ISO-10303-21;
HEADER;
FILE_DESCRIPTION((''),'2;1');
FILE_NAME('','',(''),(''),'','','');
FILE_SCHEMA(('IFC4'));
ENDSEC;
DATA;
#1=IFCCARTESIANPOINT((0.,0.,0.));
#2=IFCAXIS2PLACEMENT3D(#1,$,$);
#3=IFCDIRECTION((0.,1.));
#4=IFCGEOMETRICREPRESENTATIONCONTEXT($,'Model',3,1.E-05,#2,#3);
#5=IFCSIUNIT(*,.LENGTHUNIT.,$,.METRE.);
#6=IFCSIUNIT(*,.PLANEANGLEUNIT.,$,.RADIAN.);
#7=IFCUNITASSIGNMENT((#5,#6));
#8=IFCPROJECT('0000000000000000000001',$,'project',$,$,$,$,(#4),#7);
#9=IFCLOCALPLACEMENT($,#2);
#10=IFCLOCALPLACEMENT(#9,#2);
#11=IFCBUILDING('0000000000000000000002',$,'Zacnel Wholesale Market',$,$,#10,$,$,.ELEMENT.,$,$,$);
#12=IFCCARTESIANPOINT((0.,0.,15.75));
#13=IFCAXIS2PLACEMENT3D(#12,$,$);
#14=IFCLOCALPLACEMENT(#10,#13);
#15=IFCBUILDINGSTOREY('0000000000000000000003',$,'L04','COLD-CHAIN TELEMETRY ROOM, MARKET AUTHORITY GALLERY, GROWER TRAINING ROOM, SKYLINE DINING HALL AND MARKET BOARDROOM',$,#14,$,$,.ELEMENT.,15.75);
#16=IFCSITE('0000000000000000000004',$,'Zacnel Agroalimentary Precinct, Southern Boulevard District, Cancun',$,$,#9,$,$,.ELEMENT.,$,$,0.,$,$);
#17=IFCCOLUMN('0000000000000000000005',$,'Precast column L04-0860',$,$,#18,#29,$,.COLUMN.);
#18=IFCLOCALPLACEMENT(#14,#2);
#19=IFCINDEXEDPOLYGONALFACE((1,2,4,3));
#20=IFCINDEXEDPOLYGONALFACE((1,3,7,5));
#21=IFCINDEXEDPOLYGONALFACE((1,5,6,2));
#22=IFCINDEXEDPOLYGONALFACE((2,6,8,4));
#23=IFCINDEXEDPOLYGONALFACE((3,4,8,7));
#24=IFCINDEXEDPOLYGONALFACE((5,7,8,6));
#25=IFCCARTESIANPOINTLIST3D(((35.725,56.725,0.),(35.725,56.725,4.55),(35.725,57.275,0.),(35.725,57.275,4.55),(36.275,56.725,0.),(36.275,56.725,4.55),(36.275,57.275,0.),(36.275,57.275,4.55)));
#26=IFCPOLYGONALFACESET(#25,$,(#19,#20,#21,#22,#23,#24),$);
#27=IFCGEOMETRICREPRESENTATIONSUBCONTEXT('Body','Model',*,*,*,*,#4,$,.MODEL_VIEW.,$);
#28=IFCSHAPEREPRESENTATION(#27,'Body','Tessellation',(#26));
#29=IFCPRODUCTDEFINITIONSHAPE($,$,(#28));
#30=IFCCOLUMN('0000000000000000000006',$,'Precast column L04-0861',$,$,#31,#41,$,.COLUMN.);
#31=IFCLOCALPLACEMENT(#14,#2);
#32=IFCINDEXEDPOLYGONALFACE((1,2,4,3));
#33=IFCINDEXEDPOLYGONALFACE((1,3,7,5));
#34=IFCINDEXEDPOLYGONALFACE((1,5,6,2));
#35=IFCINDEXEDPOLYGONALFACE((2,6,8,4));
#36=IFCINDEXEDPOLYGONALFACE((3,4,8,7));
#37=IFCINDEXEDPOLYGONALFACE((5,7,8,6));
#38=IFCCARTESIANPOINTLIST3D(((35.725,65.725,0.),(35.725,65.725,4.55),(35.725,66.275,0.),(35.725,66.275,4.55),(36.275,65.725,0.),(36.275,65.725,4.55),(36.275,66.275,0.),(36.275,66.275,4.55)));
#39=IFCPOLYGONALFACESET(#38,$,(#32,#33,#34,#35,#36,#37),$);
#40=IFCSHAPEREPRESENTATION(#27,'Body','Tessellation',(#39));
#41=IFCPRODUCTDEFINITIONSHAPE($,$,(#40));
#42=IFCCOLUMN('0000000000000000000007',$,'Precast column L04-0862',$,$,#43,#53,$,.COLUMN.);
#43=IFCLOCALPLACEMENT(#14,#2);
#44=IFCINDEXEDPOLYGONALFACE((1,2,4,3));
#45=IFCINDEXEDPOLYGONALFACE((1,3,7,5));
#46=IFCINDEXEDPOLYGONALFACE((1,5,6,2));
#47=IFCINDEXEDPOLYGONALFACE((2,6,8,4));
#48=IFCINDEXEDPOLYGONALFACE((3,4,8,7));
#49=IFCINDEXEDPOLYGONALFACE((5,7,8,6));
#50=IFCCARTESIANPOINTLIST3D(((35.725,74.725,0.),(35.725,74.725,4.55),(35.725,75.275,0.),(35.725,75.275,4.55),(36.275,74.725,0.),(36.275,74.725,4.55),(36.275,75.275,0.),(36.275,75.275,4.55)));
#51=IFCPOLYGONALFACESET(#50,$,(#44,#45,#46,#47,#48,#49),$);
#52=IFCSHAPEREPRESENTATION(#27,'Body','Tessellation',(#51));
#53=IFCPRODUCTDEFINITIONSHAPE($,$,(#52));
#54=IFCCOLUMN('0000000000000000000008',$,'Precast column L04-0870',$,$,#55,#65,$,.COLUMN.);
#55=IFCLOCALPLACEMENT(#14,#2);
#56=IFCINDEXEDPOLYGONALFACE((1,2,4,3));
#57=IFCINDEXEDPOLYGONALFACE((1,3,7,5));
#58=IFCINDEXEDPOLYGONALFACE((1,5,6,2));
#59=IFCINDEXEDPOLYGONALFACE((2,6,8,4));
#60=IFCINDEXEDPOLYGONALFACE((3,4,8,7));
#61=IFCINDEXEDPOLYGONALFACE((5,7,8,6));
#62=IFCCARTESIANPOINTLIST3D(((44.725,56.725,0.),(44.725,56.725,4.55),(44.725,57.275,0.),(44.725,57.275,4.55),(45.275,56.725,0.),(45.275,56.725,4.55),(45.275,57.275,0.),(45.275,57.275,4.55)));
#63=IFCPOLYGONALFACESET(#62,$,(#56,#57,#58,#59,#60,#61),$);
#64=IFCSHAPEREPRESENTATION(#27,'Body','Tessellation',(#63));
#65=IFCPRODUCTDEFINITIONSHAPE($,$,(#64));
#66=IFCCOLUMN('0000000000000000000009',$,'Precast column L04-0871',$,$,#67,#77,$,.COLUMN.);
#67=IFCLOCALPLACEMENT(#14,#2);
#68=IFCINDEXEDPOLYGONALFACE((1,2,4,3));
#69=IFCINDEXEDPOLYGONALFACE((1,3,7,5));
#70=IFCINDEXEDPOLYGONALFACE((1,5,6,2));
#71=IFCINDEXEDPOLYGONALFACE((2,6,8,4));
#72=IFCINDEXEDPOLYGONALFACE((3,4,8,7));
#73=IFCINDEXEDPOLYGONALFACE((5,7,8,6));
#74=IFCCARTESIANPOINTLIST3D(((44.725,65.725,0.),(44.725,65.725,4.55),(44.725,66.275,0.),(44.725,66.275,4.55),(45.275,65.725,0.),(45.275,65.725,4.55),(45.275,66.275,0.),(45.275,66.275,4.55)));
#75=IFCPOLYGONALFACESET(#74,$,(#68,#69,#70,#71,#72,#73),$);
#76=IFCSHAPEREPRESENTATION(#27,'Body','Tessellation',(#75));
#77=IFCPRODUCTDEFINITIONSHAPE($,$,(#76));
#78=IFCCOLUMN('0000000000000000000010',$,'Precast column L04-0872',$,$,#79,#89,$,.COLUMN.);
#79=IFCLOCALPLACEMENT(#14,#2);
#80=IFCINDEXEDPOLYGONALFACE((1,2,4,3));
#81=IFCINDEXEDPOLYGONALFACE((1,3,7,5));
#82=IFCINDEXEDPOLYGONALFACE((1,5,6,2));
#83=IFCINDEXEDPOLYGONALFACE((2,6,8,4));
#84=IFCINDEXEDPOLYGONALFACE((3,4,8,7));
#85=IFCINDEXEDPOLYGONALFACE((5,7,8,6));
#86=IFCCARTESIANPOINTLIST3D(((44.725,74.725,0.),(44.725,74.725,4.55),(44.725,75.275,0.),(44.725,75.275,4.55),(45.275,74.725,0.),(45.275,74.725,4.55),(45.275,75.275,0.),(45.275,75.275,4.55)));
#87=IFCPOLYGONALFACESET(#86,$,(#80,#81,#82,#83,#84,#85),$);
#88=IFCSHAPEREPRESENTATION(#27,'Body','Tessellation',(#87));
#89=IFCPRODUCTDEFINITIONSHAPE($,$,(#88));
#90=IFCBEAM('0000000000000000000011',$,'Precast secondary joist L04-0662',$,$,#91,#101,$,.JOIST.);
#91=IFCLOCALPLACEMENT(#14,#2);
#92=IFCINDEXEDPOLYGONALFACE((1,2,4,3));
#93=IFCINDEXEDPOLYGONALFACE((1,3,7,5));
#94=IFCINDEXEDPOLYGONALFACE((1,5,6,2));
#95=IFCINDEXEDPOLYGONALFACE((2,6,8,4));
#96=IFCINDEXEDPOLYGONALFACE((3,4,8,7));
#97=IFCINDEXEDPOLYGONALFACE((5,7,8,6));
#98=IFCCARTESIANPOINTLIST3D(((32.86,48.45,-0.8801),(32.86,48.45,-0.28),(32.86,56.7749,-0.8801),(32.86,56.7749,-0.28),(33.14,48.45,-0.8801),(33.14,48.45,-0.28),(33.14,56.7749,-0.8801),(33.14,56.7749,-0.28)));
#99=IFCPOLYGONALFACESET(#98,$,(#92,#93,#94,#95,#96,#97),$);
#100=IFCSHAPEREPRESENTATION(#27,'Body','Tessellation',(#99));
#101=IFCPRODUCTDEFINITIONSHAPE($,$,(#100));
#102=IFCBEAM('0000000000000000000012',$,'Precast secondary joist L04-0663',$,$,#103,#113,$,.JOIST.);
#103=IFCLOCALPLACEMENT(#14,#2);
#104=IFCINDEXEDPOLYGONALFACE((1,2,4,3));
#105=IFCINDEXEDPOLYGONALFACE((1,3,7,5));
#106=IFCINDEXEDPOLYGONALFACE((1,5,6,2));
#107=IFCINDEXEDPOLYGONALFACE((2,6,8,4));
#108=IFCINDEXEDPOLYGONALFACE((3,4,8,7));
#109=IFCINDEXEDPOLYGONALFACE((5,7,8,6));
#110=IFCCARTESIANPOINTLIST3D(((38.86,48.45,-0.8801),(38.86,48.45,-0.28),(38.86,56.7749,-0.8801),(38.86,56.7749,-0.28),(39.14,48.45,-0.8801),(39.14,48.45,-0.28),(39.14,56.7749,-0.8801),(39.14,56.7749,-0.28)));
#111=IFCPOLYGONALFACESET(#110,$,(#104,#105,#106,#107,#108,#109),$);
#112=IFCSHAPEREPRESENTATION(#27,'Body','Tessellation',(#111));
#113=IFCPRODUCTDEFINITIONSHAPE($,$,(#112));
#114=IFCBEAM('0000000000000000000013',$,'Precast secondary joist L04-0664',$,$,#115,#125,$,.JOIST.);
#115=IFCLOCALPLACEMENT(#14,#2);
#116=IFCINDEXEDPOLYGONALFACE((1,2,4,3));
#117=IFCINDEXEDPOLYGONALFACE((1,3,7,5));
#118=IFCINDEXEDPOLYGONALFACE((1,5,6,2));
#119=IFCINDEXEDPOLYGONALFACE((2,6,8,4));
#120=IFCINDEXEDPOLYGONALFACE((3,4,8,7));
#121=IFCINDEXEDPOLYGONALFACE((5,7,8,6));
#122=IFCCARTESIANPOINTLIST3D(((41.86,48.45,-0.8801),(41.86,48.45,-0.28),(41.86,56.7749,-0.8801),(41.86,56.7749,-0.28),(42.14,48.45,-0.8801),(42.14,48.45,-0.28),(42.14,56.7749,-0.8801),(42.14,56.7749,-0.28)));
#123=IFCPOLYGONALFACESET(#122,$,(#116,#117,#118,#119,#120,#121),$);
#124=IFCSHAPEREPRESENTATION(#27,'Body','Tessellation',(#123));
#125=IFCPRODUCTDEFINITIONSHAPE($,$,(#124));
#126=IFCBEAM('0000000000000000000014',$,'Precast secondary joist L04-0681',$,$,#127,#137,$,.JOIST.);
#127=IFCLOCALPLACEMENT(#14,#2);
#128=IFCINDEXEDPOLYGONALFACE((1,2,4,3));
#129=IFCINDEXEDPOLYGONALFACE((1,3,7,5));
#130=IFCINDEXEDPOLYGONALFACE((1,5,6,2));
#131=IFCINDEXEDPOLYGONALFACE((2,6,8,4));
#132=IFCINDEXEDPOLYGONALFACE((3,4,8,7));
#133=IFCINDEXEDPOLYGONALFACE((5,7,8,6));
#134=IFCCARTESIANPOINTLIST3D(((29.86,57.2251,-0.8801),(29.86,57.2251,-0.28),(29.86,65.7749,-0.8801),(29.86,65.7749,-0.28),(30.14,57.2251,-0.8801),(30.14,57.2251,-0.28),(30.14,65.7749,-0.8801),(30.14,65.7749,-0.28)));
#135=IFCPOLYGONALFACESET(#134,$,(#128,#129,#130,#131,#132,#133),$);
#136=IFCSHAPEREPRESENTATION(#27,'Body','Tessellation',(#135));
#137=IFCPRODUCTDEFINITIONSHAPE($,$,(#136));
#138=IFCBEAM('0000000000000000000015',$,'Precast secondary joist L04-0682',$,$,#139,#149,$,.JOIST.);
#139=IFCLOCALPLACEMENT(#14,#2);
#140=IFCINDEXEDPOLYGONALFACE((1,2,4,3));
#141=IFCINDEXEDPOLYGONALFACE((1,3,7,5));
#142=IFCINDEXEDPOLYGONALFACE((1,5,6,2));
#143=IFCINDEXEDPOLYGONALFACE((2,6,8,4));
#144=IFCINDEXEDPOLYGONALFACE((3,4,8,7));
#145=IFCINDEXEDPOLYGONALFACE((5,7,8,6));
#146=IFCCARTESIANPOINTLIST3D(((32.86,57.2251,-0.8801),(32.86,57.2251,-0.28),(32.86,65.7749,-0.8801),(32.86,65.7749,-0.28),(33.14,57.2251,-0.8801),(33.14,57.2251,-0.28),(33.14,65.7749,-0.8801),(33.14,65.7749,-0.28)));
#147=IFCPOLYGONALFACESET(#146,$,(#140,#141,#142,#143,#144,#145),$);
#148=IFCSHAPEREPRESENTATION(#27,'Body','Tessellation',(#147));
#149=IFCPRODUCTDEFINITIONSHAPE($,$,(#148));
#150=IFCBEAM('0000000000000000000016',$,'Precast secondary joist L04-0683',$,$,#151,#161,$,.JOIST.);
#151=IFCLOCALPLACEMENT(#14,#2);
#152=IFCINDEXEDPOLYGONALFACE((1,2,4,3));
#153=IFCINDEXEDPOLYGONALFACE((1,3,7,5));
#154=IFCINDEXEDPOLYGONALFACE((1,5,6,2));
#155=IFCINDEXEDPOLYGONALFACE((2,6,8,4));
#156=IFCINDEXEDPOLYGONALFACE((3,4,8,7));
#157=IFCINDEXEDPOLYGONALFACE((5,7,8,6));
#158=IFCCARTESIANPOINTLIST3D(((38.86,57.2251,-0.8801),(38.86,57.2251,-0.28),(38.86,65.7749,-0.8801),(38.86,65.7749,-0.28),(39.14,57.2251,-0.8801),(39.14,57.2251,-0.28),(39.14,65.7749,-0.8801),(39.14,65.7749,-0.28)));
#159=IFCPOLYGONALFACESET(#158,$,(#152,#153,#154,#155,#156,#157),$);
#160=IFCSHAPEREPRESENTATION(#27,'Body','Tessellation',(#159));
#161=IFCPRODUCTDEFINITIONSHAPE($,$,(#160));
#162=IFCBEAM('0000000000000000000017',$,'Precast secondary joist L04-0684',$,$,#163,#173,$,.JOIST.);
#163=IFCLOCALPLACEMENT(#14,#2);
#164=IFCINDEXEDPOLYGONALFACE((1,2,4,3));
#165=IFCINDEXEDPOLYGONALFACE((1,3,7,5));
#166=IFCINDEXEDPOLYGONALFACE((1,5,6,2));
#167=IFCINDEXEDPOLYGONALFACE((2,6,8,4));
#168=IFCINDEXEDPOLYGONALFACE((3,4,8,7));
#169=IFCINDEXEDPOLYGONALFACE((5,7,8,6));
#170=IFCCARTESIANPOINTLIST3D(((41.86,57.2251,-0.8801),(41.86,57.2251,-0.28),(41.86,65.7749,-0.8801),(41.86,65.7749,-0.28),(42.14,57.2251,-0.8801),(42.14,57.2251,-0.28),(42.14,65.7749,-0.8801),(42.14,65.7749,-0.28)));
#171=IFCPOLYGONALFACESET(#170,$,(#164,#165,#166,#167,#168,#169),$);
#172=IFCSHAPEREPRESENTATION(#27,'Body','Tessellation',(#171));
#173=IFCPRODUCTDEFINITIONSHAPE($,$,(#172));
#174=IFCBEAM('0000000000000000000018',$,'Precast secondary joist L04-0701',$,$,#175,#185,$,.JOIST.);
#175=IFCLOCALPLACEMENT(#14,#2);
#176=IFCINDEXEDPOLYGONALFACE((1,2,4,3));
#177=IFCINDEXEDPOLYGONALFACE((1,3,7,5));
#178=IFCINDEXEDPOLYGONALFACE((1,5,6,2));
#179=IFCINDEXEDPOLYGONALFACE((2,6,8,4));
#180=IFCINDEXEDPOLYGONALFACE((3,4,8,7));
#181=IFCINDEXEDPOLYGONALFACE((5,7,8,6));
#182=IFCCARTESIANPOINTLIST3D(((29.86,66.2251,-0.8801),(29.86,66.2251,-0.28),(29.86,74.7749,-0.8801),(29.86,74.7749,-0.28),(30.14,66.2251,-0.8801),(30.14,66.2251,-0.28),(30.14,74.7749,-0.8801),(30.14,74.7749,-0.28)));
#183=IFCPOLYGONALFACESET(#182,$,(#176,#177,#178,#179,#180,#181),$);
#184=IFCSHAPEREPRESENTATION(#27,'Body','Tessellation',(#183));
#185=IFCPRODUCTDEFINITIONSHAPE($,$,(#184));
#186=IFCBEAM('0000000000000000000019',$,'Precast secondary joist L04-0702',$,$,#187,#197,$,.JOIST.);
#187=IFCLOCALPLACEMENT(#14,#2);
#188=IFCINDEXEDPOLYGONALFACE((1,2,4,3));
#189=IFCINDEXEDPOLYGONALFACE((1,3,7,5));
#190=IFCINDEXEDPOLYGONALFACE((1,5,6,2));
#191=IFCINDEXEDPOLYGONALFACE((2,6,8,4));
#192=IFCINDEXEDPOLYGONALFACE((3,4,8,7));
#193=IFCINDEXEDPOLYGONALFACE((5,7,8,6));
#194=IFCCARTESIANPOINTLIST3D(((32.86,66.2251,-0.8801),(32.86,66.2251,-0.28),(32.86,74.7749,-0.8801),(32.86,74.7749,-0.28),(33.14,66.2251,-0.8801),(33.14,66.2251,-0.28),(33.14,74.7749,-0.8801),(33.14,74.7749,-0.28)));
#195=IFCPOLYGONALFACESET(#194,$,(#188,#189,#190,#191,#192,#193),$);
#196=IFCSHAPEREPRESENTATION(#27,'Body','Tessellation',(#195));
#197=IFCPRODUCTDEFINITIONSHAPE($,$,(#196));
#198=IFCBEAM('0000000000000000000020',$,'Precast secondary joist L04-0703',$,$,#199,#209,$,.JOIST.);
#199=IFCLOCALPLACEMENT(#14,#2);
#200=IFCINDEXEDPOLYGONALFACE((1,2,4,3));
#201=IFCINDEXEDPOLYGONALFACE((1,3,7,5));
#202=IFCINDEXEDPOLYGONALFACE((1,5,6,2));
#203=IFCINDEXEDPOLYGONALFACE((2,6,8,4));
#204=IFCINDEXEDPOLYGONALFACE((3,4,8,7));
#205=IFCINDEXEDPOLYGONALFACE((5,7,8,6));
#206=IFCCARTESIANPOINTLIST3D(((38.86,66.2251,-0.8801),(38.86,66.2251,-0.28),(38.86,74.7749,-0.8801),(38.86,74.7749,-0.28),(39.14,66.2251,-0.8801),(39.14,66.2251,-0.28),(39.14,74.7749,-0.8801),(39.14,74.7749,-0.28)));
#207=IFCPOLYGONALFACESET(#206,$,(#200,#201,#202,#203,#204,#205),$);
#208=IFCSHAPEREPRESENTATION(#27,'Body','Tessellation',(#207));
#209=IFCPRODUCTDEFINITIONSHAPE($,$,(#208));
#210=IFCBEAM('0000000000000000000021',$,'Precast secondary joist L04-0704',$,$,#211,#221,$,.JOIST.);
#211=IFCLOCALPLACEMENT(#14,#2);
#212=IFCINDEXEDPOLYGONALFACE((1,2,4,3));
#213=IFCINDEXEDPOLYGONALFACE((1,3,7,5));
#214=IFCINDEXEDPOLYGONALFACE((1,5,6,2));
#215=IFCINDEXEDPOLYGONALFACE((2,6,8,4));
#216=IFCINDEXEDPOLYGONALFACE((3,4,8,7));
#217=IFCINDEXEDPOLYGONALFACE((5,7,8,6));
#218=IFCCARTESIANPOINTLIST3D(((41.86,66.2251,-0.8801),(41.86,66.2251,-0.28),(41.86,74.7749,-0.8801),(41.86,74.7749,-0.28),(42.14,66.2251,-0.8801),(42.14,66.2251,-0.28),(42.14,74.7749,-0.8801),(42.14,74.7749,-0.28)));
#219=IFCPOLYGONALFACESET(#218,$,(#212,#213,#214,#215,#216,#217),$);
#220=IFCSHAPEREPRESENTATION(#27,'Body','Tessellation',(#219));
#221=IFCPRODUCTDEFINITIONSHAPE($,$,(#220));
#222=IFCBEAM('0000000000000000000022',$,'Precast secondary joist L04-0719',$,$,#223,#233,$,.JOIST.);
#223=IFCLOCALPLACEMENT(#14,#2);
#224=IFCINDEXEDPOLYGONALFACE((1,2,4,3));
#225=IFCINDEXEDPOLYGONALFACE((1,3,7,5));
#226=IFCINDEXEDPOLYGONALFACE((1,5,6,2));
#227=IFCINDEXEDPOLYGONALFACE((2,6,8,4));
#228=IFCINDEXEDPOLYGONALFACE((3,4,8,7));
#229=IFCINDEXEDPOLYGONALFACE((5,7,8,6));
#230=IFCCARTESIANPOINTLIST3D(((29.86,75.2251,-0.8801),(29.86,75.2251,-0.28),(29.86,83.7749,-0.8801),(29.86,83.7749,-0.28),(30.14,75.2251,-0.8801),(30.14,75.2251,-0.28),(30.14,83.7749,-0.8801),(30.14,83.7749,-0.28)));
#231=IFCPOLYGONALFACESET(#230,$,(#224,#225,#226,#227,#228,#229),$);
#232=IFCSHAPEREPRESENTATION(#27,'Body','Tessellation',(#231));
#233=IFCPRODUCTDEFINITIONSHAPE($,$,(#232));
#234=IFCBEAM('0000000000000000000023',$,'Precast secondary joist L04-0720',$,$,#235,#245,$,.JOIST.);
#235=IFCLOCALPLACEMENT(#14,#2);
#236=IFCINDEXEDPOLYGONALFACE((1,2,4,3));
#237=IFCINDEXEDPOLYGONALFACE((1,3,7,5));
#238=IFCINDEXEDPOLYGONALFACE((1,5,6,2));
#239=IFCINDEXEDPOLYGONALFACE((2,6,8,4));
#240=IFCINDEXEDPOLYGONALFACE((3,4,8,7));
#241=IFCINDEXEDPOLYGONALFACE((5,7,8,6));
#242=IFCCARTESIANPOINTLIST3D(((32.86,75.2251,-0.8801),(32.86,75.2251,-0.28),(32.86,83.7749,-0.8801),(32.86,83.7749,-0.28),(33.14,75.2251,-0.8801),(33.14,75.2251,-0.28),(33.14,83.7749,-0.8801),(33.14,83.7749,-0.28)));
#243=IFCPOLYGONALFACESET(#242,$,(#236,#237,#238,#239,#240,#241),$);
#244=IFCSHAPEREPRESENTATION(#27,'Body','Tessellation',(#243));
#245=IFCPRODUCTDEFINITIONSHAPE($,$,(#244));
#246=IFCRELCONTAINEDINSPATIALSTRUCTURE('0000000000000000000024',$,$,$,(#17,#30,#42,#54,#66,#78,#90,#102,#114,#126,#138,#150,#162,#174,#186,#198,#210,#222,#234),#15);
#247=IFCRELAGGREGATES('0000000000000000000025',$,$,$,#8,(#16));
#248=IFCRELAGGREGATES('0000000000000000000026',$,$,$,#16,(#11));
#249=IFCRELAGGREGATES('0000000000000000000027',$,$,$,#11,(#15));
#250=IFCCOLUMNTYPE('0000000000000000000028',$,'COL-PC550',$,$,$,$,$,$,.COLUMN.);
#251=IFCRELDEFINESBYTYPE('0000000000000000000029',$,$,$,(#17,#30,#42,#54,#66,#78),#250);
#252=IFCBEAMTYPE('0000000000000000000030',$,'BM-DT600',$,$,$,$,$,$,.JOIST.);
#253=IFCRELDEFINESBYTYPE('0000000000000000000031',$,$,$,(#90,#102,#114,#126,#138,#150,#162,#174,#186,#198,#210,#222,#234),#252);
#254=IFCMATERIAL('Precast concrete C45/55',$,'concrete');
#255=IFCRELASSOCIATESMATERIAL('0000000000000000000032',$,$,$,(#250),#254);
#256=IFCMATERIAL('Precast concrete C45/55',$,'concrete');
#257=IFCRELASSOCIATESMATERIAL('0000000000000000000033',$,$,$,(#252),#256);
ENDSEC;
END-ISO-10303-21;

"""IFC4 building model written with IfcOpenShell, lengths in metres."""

from ifc_helpers import new_model, si_unit, direction, frame, origin, origin_2d, place, context, subcontext, project, spatial, rectangle, extrude, material, material_profile, profile_set, type_object, element, save


model = new_model("IFC4")

# Units and contexts
model_context = context("Model", 3, precision=1e-05, world=origin(), true_north=direction((0.0, 1.0)))
body_context = subcontext(model_context, "Body", "Model", "MODEL_VIEW")
ifc_project = project(units=[si_unit("LENGTHUNIT", "METRE"), si_unit("PLANEANGLEUNIT", "RADIAN")], contexts=[model_context])

# Site, building, storey
site_placement = place(None, origin())
site = spatial("IfcSite", under=ifc_project, at=site_placement, Name="Zacnel Agroalimentary Precinct, Southern Boulevard District, Cancun", CompositionType="ELEMENT", RefElevation=0.0)
building_placement = place(site_placement, origin())
building = spatial("IfcBuilding", under=site, at=building_placement, Name="Zacnel Wholesale Market", CompositionType="ELEMENT")
storey_placement = place(building_placement, frame((0.0, 0.0, 15.75)))
storey = spatial("IfcBuildingStorey", under=building, at=storey_placement, Name="L04", Description="COLD-CHAIN TELEMETRY ROOM, MARKET AUTHORITY GALLERY, GROWER TRAINING ROOM, SKYLINE DINING HALL AND MARKET BOARDROOM", CompositionType="ELEMENT", Elevation=15.75)

# Columns
ifc_material_1 = material(Name="Precast concrete C45/55", Category="concrete")
ifc_material_profile_1 = material_profile(ifc_material_1, rectangle(XDim=0.55, YDim=0.55, at=origin_2d()), Name="PC 550x550")
ifc_profile_set_1 = profile_set([ifc_material_profile_1], Name="Precast concrete C45/55")
column_type = type_object("IfcColumnType", Name="COL-PC550", PredefinedType="COLUMN", material=ifc_profile_set_1)
for number, where, z_axis, x_axis, name in (
    (1, (36.0, 57.0, 0.0), (0.0, 0.0, 1.0), (1.0, 0.0, 0.0), "Precast column L04-0860"),
    (2, (36.0, 66.0, 0.0), (0.0, 0.0, 1.0), (1.0, 0.0, 0.0), "Precast column L04-0861"),
    (3, (36.0, 75.0, 0.0), (0.0, 0.0, 1.0), (1.0, 0.0, 0.0), "Precast column L04-0862"),
    (4, (45.0, 57.0, 0.0), (0.0, 0.0, 1.0), (1.0, 0.0, 0.0), "Precast column L04-0870"),
    (5, (45.0, 66.0, 0.0), (0.0, 0.0, 1.0), (1.0, 0.0, 0.0), "Precast column L04-0871"),
    (6, (45.0, 75.0, 0.0), (0.0, 0.0, 1.0), (1.0, 0.0, 0.0), "Precast column L04-0872"),
):
    element("IfcColumn", number, at=place(storey_placement, frame(where, z_axis=z_axis, x_axis=x_axis)), inside=storey, type_object=column_type, Name=name, PredefinedType="COLUMN", context=body_context, shape_type="SweptSolid", body=[
        extrude(rectangle(XDim=0.55, YDim=0.55, at=origin_2d()), origin(), (0.0, 0.0, 1.0), 4.55),
    ])

# Beams
ifc_material_2 = material(Name="Precast concrete C45/55", Category="concrete")
ifc_material_profile_2 = material_profile(ifc_material_2, rectangle(XDim=0.28, YDim=0.6001, at=origin_2d()), Name="DT RIB 280x600")
ifc_profile_set_2 = profile_set([ifc_material_profile_2], Name="Precast concrete C45/55")
beam_type_1 = type_object("IfcBeamType", Name="BM-DT600", PredefinedType="JOIST", material=ifc_profile_set_2)
for number, where, z_axis, x_axis, name in (
    (7, (33.0, 48.45, -0.5801), (0.0, 1.0, 0.0), (-1.0, 0.0, 0.0), "Precast secondary joist L04-0662"),
    (8, (39.0, 48.45, -0.5801), (0.0, 1.0, 0.0), (-1.0, 0.0, 0.0), "Precast secondary joist L04-0663"),
    (9, (42.0, 48.45, -0.5801), (0.0, 1.0, 0.0), (-1.0, 0.0, 0.0), "Precast secondary joist L04-0664"),
):
    element("IfcBeam", number, at=place(storey_placement, frame(where, z_axis=z_axis, x_axis=x_axis)), inside=storey, type_object=beam_type_1, Name=name, PredefinedType="JOIST", context=body_context, shape_type="SweptSolid", body=[
        extrude(rectangle(XDim=0.28, YDim=0.6001, at=origin_2d()), origin(), (0.0, 0.0, 1.0), 8.325),
    ])
for number, where, z_axis, x_axis, name in (
    (10, (30.0, 57.2251, -0.5801), (0.0, 1.0, 0.0), (-1.0, 0.0, 0.0), "Precast secondary joist L04-0681"),
    (11, (33.0, 57.2251, -0.5801), (0.0, 1.0, 0.0), (-1.0, 0.0, 0.0), "Precast secondary joist L04-0682"),
    (12, (39.0, 57.2251, -0.5801), (0.0, 1.0, 0.0), (-1.0, 0.0, 0.0), "Precast secondary joist L04-0683"),
    (13, (42.0, 57.2251, -0.5801), (0.0, 1.0, 0.0), (-1.0, 0.0, 0.0), "Precast secondary joist L04-0684"),
    (14, (30.0, 66.2251, -0.5801), (0.0, 1.0, 0.0), (-1.0, 0.0, 0.0), "Precast secondary joist L04-0701"),
    (15, (33.0, 66.2251, -0.5801), (0.0, 1.0, 0.0), (-1.0, 0.0, 0.0), "Precast secondary joist L04-0702"),
    (16, (39.0, 66.2251, -0.5801), (0.0, 1.0, 0.0), (-1.0, 0.0, 0.0), "Precast secondary joist L04-0703"),
    (17, (42.0, 66.2251, -0.5801), (0.0, 1.0, 0.0), (-1.0, 0.0, 0.0), "Precast secondary joist L04-0704"),
    (18, (30.0, 75.2251, -0.5801), (0.0, 1.0, 0.0), (-1.0, 0.0, 0.0), "Precast secondary joist L04-0719"),
    (19, (33.0, 75.2251, -0.5801), (0.0, 1.0, 0.0), (-1.0, 0.0, 0.0), "Precast secondary joist L04-0720"),
):
    element("IfcBeam", number, at=place(storey_placement, frame(where, z_axis=z_axis, x_axis=x_axis)), inside=storey, type_object=beam_type_1, Name=name, PredefinedType="JOIST", context=body_context, shape_type="SweptSolid", body=[
        extrude(rectangle(XDim=0.28, YDim=0.6001, at=origin_2d()), origin(), (0.0, 0.0, 1.0), 8.5498),
    ])

save(model, "model.ifc")
